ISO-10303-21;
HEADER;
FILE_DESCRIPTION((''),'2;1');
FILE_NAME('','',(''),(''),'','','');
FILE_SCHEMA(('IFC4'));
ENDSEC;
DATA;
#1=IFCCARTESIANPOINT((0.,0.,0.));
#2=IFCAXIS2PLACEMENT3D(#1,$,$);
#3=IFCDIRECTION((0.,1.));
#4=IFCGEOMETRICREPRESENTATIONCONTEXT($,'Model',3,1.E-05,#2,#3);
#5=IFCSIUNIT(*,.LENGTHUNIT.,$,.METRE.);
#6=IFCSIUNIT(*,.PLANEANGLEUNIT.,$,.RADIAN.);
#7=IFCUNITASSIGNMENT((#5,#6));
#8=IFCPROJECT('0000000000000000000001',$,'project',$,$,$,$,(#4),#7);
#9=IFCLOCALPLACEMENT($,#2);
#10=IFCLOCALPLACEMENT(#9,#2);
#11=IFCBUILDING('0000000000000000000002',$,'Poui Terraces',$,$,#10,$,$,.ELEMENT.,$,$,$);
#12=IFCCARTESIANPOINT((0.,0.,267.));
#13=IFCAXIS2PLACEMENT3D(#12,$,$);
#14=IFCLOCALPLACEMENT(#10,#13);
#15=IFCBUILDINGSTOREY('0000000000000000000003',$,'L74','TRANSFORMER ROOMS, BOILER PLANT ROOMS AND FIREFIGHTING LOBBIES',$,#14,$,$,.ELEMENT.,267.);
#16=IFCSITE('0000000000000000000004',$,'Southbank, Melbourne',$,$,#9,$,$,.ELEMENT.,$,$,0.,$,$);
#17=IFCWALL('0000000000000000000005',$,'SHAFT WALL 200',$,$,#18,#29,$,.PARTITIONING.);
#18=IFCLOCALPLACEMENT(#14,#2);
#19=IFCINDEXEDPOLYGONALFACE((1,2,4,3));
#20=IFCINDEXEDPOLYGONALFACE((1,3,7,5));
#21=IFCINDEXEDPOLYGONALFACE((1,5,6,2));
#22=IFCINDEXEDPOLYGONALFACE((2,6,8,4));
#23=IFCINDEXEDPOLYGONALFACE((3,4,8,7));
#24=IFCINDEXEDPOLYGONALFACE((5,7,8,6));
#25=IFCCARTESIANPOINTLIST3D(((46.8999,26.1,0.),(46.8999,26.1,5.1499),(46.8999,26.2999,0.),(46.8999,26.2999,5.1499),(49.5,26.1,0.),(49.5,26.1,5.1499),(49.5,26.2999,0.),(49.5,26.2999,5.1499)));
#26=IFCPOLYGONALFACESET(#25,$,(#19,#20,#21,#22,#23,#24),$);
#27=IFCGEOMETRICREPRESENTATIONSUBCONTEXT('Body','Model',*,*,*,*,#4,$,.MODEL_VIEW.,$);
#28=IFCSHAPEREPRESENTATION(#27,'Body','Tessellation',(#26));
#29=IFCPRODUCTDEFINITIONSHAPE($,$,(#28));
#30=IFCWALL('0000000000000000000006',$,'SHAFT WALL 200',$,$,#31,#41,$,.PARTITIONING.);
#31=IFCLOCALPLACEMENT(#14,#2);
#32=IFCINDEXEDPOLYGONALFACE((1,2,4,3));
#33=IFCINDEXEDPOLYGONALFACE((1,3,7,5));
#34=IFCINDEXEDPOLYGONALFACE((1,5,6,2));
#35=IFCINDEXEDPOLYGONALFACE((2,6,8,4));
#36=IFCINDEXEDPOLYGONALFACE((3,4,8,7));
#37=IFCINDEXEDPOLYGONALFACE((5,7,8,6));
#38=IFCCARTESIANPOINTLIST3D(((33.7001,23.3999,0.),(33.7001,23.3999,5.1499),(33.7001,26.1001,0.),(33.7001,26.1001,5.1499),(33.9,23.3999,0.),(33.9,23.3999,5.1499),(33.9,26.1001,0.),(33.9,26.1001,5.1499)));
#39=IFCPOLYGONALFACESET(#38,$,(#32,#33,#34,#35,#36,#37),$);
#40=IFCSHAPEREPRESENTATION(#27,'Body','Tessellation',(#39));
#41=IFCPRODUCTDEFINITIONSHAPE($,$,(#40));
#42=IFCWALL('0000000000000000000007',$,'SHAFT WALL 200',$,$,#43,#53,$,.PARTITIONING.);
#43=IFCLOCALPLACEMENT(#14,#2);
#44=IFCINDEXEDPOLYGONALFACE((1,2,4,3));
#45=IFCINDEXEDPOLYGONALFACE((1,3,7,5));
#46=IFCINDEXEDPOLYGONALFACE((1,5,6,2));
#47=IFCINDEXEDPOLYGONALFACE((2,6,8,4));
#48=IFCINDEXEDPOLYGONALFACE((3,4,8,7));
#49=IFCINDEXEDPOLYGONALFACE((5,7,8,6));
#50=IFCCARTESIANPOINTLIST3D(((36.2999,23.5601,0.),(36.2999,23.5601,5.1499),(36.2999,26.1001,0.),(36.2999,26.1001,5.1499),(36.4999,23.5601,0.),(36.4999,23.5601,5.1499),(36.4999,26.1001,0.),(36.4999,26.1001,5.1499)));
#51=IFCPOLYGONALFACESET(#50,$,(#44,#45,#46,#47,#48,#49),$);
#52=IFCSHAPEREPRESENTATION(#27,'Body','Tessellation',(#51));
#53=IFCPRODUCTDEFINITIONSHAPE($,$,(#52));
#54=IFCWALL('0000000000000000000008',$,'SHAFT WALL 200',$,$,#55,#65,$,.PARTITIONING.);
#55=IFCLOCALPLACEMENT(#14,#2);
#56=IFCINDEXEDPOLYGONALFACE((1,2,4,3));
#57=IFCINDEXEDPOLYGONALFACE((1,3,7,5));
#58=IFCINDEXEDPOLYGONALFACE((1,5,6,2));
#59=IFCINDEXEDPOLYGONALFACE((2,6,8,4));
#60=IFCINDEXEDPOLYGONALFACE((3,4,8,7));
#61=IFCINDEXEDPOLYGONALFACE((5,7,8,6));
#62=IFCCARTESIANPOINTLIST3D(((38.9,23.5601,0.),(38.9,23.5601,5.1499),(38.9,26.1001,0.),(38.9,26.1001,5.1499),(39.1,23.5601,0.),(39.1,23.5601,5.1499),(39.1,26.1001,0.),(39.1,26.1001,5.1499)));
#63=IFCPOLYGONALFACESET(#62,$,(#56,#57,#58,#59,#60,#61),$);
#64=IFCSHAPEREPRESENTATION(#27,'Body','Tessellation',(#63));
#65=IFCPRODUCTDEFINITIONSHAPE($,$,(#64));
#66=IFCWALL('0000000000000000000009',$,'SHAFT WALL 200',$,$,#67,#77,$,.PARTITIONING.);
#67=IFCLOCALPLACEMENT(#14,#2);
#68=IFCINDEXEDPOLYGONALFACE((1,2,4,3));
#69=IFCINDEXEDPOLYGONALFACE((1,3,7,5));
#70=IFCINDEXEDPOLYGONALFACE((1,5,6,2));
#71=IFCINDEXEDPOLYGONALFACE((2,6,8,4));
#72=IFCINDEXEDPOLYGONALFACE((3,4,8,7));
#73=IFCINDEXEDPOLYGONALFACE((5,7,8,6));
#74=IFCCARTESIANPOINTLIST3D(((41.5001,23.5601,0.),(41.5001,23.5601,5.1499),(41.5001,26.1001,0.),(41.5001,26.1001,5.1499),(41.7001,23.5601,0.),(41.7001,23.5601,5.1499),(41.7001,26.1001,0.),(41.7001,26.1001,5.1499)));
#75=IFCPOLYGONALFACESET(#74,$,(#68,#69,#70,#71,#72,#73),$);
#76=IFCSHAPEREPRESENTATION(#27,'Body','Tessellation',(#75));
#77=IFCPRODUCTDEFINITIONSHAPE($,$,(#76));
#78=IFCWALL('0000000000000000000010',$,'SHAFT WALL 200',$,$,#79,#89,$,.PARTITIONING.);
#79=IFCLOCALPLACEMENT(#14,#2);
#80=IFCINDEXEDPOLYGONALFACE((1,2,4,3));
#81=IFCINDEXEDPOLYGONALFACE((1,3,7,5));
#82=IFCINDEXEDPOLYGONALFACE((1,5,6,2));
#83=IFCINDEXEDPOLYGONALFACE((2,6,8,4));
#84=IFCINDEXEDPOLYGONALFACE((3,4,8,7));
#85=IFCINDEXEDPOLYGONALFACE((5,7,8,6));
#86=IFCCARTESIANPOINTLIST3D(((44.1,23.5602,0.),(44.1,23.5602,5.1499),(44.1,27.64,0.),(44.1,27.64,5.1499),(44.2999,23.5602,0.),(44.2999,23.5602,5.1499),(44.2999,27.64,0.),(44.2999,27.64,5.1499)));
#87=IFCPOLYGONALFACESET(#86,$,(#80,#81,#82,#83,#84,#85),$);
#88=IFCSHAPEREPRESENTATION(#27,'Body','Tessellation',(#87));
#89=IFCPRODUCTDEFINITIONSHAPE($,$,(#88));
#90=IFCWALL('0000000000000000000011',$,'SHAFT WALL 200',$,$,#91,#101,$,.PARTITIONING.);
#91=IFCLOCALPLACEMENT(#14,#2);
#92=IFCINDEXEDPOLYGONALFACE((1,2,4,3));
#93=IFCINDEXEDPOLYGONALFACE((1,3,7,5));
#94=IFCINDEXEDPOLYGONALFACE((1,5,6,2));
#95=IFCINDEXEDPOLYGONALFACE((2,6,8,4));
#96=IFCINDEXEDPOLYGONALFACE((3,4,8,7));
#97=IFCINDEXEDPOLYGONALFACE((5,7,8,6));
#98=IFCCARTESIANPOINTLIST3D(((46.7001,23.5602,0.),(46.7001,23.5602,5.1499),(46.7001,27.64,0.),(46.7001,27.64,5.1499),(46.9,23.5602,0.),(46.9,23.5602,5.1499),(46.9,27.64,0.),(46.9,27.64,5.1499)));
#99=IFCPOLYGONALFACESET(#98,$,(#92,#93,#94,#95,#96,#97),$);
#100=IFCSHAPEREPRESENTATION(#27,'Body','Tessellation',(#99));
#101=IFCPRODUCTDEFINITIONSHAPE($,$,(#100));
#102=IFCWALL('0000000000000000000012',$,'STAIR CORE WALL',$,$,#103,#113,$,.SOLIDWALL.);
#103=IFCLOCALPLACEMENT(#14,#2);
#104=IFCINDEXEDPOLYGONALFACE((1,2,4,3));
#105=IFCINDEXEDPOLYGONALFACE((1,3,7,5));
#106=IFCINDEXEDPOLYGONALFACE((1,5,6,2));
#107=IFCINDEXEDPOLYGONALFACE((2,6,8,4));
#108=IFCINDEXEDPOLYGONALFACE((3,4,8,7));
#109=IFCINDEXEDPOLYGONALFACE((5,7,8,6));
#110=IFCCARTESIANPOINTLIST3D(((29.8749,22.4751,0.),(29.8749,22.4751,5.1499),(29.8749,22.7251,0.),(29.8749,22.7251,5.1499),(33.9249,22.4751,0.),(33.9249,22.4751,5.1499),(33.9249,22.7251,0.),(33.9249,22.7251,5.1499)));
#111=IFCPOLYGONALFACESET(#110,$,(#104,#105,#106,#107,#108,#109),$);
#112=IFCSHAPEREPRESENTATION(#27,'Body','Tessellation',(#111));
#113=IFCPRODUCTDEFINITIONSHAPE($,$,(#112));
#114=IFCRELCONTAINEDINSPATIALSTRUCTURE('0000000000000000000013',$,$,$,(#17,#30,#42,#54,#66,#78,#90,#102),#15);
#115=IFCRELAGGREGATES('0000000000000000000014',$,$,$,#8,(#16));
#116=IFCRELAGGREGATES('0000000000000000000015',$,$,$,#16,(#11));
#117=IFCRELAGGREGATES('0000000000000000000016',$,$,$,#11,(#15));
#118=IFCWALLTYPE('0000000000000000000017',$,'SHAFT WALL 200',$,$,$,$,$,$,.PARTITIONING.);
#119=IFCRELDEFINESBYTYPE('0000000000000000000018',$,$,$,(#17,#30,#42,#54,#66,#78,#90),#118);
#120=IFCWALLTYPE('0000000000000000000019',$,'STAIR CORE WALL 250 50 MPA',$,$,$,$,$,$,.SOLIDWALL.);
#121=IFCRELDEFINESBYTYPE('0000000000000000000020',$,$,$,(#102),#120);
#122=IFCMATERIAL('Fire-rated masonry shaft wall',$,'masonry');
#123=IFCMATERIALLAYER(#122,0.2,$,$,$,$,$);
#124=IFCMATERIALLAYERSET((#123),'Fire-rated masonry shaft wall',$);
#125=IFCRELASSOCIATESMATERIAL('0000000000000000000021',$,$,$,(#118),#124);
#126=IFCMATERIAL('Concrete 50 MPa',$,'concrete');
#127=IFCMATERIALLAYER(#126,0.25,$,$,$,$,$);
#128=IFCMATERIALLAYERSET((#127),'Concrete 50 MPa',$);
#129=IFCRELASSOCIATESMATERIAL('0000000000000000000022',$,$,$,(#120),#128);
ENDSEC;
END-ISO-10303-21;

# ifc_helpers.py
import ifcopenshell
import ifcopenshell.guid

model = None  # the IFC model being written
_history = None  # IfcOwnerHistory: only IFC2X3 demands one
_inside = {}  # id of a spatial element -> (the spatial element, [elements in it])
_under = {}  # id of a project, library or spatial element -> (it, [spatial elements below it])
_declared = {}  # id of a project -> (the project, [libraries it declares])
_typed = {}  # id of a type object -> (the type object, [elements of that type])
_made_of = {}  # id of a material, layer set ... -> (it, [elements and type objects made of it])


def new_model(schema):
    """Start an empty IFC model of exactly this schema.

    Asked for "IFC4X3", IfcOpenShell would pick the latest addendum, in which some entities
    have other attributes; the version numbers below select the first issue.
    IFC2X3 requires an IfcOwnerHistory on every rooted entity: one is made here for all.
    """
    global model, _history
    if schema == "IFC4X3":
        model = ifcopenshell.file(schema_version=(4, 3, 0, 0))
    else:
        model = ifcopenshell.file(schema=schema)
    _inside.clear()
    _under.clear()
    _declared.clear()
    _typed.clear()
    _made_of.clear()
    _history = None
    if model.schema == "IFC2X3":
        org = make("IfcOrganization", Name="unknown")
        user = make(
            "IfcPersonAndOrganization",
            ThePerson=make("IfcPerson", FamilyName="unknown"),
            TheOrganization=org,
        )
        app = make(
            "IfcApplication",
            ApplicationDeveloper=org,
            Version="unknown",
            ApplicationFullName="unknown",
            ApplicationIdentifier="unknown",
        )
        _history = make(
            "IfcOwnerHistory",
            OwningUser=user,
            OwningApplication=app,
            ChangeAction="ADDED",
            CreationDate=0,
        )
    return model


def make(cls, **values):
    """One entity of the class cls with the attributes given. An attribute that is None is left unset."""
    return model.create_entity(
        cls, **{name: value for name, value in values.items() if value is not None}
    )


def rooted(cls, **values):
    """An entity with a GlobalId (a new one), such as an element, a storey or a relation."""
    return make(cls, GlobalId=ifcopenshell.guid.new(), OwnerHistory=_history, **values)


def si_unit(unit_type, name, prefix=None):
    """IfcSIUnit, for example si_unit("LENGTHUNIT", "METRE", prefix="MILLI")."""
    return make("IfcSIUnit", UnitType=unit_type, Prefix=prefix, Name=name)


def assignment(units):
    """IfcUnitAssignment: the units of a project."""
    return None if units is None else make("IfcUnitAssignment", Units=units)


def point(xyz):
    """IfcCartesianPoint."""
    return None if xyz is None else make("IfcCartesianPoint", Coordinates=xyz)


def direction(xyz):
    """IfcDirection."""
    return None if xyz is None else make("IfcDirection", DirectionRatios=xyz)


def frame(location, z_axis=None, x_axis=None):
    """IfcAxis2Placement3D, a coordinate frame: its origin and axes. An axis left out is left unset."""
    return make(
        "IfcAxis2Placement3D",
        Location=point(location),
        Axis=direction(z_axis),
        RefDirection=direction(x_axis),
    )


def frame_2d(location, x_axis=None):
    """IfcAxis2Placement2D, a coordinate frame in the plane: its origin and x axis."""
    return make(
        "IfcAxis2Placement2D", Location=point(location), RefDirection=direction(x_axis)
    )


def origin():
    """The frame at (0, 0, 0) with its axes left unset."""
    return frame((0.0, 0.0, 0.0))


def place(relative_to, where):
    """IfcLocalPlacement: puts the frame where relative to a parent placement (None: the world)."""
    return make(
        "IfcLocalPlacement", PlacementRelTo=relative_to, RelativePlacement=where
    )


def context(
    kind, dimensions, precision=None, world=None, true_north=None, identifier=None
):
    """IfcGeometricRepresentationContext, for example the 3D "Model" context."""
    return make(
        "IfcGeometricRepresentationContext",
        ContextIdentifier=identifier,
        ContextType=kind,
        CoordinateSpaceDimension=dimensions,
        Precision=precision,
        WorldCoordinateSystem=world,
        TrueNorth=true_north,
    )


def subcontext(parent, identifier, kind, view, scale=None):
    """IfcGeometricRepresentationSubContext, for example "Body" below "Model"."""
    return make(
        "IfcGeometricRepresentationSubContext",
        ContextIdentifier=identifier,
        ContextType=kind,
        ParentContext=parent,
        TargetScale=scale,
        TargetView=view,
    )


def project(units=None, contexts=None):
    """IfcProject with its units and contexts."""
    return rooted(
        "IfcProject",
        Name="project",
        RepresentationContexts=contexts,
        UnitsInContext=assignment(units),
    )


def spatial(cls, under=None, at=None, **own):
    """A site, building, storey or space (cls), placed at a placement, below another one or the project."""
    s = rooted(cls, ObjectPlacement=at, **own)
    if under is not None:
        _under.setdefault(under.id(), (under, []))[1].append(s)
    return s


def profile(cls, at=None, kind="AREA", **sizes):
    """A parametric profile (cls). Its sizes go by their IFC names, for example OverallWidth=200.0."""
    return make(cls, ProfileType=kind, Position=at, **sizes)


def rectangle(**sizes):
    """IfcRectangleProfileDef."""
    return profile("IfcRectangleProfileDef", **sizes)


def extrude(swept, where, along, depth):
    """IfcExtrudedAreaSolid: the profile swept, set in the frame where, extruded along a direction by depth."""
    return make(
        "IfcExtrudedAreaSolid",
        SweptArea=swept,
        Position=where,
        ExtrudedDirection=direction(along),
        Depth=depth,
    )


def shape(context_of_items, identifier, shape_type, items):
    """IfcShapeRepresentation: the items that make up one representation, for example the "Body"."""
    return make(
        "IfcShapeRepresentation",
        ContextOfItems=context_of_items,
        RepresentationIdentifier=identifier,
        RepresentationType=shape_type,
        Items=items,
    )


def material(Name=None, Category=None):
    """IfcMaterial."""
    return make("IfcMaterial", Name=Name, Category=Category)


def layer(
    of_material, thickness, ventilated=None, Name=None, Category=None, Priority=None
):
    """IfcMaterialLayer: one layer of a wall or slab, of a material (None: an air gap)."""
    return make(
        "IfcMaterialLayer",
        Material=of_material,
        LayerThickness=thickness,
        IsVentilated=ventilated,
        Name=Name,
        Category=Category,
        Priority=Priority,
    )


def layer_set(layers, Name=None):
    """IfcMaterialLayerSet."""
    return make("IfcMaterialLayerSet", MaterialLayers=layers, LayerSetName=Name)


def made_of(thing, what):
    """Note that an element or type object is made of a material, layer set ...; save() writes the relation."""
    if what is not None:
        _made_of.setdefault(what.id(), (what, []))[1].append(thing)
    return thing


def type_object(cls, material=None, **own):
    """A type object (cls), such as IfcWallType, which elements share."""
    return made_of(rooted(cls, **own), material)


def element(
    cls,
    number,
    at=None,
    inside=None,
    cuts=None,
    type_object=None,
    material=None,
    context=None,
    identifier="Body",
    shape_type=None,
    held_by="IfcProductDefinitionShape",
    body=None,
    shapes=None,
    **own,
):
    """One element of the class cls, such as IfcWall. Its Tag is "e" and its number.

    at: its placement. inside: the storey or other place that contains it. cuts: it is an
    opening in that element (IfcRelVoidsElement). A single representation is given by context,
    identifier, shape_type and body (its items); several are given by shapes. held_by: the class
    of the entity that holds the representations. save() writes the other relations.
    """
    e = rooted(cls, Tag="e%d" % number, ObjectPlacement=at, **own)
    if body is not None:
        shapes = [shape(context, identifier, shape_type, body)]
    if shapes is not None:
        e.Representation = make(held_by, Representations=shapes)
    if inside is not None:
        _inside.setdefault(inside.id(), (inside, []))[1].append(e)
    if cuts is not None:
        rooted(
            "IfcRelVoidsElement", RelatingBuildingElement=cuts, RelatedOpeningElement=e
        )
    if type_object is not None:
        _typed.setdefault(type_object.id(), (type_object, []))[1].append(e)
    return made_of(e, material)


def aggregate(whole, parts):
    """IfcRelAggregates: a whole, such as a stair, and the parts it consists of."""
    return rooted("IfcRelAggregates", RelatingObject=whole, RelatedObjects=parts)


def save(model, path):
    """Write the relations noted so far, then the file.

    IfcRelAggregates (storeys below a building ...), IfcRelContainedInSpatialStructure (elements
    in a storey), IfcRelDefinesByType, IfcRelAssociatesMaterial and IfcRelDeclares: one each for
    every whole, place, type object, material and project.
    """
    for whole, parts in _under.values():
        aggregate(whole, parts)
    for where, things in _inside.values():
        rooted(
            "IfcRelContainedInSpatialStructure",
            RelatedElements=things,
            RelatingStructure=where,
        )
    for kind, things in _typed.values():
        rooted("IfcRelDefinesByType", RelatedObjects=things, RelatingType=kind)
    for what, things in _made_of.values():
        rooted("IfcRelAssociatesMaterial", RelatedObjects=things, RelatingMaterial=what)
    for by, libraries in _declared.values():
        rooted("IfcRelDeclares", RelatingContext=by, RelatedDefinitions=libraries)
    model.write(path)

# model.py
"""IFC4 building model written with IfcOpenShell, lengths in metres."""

from ifc_helpers import new_model, si_unit, direction, frame, frame_2d, origin, place, context, subcontext, project, spatial, rectangle, extrude, material, layer, layer_set, type_object, element, save


model = new_model("IFC4")

# Units and contexts
model_context = context("Model", 3, precision=1e-05, world=origin(), true_north=direction((0.0, 1.0)))
body_context = subcontext(model_context, "Body", "Model", "MODEL_VIEW")
ifc_project = project(units=[si_unit("LENGTHUNIT", "METRE"), si_unit("PLANEANGLEUNIT", "RADIAN")], contexts=[model_context])

# Site, building, storey
site_placement = place(None, origin())
site = spatial("IfcSite", under=ifc_project, at=site_placement, Name="Southbank, Melbourne", CompositionType="ELEMENT", RefElevation=0.0)
building_placement = place(site_placement, origin())
building = spatial("IfcBuilding", under=site, at=building_placement, Name="Poui Terraces", CompositionType="ELEMENT")
storey_placement = place(building_placement, frame((0.0, 0.0, 267.0)))
storey = spatial("IfcBuildingStorey", under=building, at=storey_placement, Name="L74", Description="TRANSFORMER ROOMS, BOILER PLANT ROOMS AND FIREFIGHTING LOBBIES", CompositionType="ELEMENT", Elevation=267.0)

# Shared definitions
ifc_material_1 = material(Name="Concrete 50 MPa", Category="concrete")

# Walls
ifc_material_2 = material(Name="Fire-rated masonry shaft wall", Category="masonry")
ifc_layer_1 = layer(ifc_material_2, 0.2)
ifc_layer_set_1 = layer_set([ifc_layer_1], Name="Fire-rated masonry shaft wall")
wall_type_1 = type_object("IfcWallType", Name="SHAFT WALL 200", PredefinedType="PARTITIONING", material=ifc_layer_set_1)
wall_1_placement = place(storey_placement, frame((46.8999, 26.2, 0.0), z_axis=(0.0, 0.0, 1.0), x_axis=(1.0, 0.0, 0.0)))
element("IfcWall", 1, at=wall_1_placement, inside=storey, type_object=wall_type_1, Name="SHAFT WALL 200", PredefinedType="PARTITIONING", context=body_context, shape_type="SweptSolid", body=[
    extrude(rectangle(XDim=2.6001, YDim=0.2, at=frame_2d((1.3, 0.0))), origin(), (0.0, 0.0, 1.0), 5.1499),
])
wall_2_placement = place(storey_placement, frame((33.8, 23.3999, 0.0), z_axis=(0.0, 0.0, 1.0), x_axis=(0.0, 1.0, 0.0)))
element("IfcWall", 2, at=wall_2_placement, inside=storey, type_object=wall_type_1, Name="SHAFT WALL 200", PredefinedType="PARTITIONING", context=body_context, shape_type="SweptSolid", body=[
    extrude(rectangle(XDim=2.7002, YDim=0.2, at=frame_2d((1.3501, 0.0))), origin(), (0.0, 0.0, 1.0), 5.1499),
])
for number, where, z_axis, x_axis, name in (
    (3, (36.3999, 23.5601, 0.0), (0.0, 0.0, 1.0), (0.0, 1.0, 0.0), "SHAFT WALL 200"),
    (4, (39.0, 23.5601, 0.0), (0.0, 0.0, 1.0), (0.0, 1.0, 0.0), "SHAFT WALL 200"),
    (5, (41.6001, 23.5601, 0.0), (0.0, 0.0, 1.0), (0.0, 1.0, 0.0), "SHAFT WALL 200"),
):
    element("IfcWall", number, at=place(storey_placement, frame(where, z_axis=z_axis, x_axis=x_axis)), inside=storey, type_object=wall_type_1, Name=name, PredefinedType="PARTITIONING", context=body_context, shape_type="SweptSolid", body=[
        extrude(rectangle(XDim=2.54, YDim=0.2, at=frame_2d((1.27, 0.0))), origin(), (0.0, 0.0, 1.0), 5.1499),
    ])
for number, where, z_axis, x_axis, name in (
    (6, (44.2, 23.5601, 0.0), (0.0, 0.0, 1.0), (0.0, 1.0, 0.0), "SHAFT WALL 200"),
    (7, (46.8, 23.5601, 0.0), (0.0, 0.0, 1.0), (0.0, 1.0, 0.0), "SHAFT WALL 200"),
):
    element("IfcWall", number, at=place(storey_placement, frame(where, z_axis=z_axis, x_axis=x_axis)), inside=storey, type_object=wall_type_1, Name=name, PredefinedType="PARTITIONING", context=body_context, shape_type="SweptSolid", body=[
        extrude(rectangle(XDim=4.0798, YDim=0.2, at=frame_2d((2.04, 0.0))), origin(), (0.0, 0.0, 1.0), 5.1499),
    ])
ifc_layer_2 = layer(ifc_material_1, 0.25)
ifc_layer_set_2 = layer_set([ifc_layer_2], Name="Concrete 50 MPa")
wall_type_2 = type_object("IfcWallType", Name="STAIR CORE WALL 250 50 MPA", PredefinedType="SOLIDWALL", material=ifc_layer_set_2)
wall_3_placement = place(storey_placement, frame((29.875, 22.6001, 0.0), z_axis=(0.0, 0.0, 1.0), x_axis=(1.0, 0.0, 0.0)))
element("IfcWall", 8, at=wall_3_placement, inside=storey, type_object=wall_type_2, Name="STAIR CORE WALL", PredefinedType="SOLIDWALL", context=body_context, shape_type="SweptSolid", body=[
    extrude(rectangle(XDim=4.05, YDim=0.25, at=frame_2d((2.0249, 0.0))), origin(), (0.0, 0.0, 1.0), 5.1499),
])

save(model, "model.ifc")
